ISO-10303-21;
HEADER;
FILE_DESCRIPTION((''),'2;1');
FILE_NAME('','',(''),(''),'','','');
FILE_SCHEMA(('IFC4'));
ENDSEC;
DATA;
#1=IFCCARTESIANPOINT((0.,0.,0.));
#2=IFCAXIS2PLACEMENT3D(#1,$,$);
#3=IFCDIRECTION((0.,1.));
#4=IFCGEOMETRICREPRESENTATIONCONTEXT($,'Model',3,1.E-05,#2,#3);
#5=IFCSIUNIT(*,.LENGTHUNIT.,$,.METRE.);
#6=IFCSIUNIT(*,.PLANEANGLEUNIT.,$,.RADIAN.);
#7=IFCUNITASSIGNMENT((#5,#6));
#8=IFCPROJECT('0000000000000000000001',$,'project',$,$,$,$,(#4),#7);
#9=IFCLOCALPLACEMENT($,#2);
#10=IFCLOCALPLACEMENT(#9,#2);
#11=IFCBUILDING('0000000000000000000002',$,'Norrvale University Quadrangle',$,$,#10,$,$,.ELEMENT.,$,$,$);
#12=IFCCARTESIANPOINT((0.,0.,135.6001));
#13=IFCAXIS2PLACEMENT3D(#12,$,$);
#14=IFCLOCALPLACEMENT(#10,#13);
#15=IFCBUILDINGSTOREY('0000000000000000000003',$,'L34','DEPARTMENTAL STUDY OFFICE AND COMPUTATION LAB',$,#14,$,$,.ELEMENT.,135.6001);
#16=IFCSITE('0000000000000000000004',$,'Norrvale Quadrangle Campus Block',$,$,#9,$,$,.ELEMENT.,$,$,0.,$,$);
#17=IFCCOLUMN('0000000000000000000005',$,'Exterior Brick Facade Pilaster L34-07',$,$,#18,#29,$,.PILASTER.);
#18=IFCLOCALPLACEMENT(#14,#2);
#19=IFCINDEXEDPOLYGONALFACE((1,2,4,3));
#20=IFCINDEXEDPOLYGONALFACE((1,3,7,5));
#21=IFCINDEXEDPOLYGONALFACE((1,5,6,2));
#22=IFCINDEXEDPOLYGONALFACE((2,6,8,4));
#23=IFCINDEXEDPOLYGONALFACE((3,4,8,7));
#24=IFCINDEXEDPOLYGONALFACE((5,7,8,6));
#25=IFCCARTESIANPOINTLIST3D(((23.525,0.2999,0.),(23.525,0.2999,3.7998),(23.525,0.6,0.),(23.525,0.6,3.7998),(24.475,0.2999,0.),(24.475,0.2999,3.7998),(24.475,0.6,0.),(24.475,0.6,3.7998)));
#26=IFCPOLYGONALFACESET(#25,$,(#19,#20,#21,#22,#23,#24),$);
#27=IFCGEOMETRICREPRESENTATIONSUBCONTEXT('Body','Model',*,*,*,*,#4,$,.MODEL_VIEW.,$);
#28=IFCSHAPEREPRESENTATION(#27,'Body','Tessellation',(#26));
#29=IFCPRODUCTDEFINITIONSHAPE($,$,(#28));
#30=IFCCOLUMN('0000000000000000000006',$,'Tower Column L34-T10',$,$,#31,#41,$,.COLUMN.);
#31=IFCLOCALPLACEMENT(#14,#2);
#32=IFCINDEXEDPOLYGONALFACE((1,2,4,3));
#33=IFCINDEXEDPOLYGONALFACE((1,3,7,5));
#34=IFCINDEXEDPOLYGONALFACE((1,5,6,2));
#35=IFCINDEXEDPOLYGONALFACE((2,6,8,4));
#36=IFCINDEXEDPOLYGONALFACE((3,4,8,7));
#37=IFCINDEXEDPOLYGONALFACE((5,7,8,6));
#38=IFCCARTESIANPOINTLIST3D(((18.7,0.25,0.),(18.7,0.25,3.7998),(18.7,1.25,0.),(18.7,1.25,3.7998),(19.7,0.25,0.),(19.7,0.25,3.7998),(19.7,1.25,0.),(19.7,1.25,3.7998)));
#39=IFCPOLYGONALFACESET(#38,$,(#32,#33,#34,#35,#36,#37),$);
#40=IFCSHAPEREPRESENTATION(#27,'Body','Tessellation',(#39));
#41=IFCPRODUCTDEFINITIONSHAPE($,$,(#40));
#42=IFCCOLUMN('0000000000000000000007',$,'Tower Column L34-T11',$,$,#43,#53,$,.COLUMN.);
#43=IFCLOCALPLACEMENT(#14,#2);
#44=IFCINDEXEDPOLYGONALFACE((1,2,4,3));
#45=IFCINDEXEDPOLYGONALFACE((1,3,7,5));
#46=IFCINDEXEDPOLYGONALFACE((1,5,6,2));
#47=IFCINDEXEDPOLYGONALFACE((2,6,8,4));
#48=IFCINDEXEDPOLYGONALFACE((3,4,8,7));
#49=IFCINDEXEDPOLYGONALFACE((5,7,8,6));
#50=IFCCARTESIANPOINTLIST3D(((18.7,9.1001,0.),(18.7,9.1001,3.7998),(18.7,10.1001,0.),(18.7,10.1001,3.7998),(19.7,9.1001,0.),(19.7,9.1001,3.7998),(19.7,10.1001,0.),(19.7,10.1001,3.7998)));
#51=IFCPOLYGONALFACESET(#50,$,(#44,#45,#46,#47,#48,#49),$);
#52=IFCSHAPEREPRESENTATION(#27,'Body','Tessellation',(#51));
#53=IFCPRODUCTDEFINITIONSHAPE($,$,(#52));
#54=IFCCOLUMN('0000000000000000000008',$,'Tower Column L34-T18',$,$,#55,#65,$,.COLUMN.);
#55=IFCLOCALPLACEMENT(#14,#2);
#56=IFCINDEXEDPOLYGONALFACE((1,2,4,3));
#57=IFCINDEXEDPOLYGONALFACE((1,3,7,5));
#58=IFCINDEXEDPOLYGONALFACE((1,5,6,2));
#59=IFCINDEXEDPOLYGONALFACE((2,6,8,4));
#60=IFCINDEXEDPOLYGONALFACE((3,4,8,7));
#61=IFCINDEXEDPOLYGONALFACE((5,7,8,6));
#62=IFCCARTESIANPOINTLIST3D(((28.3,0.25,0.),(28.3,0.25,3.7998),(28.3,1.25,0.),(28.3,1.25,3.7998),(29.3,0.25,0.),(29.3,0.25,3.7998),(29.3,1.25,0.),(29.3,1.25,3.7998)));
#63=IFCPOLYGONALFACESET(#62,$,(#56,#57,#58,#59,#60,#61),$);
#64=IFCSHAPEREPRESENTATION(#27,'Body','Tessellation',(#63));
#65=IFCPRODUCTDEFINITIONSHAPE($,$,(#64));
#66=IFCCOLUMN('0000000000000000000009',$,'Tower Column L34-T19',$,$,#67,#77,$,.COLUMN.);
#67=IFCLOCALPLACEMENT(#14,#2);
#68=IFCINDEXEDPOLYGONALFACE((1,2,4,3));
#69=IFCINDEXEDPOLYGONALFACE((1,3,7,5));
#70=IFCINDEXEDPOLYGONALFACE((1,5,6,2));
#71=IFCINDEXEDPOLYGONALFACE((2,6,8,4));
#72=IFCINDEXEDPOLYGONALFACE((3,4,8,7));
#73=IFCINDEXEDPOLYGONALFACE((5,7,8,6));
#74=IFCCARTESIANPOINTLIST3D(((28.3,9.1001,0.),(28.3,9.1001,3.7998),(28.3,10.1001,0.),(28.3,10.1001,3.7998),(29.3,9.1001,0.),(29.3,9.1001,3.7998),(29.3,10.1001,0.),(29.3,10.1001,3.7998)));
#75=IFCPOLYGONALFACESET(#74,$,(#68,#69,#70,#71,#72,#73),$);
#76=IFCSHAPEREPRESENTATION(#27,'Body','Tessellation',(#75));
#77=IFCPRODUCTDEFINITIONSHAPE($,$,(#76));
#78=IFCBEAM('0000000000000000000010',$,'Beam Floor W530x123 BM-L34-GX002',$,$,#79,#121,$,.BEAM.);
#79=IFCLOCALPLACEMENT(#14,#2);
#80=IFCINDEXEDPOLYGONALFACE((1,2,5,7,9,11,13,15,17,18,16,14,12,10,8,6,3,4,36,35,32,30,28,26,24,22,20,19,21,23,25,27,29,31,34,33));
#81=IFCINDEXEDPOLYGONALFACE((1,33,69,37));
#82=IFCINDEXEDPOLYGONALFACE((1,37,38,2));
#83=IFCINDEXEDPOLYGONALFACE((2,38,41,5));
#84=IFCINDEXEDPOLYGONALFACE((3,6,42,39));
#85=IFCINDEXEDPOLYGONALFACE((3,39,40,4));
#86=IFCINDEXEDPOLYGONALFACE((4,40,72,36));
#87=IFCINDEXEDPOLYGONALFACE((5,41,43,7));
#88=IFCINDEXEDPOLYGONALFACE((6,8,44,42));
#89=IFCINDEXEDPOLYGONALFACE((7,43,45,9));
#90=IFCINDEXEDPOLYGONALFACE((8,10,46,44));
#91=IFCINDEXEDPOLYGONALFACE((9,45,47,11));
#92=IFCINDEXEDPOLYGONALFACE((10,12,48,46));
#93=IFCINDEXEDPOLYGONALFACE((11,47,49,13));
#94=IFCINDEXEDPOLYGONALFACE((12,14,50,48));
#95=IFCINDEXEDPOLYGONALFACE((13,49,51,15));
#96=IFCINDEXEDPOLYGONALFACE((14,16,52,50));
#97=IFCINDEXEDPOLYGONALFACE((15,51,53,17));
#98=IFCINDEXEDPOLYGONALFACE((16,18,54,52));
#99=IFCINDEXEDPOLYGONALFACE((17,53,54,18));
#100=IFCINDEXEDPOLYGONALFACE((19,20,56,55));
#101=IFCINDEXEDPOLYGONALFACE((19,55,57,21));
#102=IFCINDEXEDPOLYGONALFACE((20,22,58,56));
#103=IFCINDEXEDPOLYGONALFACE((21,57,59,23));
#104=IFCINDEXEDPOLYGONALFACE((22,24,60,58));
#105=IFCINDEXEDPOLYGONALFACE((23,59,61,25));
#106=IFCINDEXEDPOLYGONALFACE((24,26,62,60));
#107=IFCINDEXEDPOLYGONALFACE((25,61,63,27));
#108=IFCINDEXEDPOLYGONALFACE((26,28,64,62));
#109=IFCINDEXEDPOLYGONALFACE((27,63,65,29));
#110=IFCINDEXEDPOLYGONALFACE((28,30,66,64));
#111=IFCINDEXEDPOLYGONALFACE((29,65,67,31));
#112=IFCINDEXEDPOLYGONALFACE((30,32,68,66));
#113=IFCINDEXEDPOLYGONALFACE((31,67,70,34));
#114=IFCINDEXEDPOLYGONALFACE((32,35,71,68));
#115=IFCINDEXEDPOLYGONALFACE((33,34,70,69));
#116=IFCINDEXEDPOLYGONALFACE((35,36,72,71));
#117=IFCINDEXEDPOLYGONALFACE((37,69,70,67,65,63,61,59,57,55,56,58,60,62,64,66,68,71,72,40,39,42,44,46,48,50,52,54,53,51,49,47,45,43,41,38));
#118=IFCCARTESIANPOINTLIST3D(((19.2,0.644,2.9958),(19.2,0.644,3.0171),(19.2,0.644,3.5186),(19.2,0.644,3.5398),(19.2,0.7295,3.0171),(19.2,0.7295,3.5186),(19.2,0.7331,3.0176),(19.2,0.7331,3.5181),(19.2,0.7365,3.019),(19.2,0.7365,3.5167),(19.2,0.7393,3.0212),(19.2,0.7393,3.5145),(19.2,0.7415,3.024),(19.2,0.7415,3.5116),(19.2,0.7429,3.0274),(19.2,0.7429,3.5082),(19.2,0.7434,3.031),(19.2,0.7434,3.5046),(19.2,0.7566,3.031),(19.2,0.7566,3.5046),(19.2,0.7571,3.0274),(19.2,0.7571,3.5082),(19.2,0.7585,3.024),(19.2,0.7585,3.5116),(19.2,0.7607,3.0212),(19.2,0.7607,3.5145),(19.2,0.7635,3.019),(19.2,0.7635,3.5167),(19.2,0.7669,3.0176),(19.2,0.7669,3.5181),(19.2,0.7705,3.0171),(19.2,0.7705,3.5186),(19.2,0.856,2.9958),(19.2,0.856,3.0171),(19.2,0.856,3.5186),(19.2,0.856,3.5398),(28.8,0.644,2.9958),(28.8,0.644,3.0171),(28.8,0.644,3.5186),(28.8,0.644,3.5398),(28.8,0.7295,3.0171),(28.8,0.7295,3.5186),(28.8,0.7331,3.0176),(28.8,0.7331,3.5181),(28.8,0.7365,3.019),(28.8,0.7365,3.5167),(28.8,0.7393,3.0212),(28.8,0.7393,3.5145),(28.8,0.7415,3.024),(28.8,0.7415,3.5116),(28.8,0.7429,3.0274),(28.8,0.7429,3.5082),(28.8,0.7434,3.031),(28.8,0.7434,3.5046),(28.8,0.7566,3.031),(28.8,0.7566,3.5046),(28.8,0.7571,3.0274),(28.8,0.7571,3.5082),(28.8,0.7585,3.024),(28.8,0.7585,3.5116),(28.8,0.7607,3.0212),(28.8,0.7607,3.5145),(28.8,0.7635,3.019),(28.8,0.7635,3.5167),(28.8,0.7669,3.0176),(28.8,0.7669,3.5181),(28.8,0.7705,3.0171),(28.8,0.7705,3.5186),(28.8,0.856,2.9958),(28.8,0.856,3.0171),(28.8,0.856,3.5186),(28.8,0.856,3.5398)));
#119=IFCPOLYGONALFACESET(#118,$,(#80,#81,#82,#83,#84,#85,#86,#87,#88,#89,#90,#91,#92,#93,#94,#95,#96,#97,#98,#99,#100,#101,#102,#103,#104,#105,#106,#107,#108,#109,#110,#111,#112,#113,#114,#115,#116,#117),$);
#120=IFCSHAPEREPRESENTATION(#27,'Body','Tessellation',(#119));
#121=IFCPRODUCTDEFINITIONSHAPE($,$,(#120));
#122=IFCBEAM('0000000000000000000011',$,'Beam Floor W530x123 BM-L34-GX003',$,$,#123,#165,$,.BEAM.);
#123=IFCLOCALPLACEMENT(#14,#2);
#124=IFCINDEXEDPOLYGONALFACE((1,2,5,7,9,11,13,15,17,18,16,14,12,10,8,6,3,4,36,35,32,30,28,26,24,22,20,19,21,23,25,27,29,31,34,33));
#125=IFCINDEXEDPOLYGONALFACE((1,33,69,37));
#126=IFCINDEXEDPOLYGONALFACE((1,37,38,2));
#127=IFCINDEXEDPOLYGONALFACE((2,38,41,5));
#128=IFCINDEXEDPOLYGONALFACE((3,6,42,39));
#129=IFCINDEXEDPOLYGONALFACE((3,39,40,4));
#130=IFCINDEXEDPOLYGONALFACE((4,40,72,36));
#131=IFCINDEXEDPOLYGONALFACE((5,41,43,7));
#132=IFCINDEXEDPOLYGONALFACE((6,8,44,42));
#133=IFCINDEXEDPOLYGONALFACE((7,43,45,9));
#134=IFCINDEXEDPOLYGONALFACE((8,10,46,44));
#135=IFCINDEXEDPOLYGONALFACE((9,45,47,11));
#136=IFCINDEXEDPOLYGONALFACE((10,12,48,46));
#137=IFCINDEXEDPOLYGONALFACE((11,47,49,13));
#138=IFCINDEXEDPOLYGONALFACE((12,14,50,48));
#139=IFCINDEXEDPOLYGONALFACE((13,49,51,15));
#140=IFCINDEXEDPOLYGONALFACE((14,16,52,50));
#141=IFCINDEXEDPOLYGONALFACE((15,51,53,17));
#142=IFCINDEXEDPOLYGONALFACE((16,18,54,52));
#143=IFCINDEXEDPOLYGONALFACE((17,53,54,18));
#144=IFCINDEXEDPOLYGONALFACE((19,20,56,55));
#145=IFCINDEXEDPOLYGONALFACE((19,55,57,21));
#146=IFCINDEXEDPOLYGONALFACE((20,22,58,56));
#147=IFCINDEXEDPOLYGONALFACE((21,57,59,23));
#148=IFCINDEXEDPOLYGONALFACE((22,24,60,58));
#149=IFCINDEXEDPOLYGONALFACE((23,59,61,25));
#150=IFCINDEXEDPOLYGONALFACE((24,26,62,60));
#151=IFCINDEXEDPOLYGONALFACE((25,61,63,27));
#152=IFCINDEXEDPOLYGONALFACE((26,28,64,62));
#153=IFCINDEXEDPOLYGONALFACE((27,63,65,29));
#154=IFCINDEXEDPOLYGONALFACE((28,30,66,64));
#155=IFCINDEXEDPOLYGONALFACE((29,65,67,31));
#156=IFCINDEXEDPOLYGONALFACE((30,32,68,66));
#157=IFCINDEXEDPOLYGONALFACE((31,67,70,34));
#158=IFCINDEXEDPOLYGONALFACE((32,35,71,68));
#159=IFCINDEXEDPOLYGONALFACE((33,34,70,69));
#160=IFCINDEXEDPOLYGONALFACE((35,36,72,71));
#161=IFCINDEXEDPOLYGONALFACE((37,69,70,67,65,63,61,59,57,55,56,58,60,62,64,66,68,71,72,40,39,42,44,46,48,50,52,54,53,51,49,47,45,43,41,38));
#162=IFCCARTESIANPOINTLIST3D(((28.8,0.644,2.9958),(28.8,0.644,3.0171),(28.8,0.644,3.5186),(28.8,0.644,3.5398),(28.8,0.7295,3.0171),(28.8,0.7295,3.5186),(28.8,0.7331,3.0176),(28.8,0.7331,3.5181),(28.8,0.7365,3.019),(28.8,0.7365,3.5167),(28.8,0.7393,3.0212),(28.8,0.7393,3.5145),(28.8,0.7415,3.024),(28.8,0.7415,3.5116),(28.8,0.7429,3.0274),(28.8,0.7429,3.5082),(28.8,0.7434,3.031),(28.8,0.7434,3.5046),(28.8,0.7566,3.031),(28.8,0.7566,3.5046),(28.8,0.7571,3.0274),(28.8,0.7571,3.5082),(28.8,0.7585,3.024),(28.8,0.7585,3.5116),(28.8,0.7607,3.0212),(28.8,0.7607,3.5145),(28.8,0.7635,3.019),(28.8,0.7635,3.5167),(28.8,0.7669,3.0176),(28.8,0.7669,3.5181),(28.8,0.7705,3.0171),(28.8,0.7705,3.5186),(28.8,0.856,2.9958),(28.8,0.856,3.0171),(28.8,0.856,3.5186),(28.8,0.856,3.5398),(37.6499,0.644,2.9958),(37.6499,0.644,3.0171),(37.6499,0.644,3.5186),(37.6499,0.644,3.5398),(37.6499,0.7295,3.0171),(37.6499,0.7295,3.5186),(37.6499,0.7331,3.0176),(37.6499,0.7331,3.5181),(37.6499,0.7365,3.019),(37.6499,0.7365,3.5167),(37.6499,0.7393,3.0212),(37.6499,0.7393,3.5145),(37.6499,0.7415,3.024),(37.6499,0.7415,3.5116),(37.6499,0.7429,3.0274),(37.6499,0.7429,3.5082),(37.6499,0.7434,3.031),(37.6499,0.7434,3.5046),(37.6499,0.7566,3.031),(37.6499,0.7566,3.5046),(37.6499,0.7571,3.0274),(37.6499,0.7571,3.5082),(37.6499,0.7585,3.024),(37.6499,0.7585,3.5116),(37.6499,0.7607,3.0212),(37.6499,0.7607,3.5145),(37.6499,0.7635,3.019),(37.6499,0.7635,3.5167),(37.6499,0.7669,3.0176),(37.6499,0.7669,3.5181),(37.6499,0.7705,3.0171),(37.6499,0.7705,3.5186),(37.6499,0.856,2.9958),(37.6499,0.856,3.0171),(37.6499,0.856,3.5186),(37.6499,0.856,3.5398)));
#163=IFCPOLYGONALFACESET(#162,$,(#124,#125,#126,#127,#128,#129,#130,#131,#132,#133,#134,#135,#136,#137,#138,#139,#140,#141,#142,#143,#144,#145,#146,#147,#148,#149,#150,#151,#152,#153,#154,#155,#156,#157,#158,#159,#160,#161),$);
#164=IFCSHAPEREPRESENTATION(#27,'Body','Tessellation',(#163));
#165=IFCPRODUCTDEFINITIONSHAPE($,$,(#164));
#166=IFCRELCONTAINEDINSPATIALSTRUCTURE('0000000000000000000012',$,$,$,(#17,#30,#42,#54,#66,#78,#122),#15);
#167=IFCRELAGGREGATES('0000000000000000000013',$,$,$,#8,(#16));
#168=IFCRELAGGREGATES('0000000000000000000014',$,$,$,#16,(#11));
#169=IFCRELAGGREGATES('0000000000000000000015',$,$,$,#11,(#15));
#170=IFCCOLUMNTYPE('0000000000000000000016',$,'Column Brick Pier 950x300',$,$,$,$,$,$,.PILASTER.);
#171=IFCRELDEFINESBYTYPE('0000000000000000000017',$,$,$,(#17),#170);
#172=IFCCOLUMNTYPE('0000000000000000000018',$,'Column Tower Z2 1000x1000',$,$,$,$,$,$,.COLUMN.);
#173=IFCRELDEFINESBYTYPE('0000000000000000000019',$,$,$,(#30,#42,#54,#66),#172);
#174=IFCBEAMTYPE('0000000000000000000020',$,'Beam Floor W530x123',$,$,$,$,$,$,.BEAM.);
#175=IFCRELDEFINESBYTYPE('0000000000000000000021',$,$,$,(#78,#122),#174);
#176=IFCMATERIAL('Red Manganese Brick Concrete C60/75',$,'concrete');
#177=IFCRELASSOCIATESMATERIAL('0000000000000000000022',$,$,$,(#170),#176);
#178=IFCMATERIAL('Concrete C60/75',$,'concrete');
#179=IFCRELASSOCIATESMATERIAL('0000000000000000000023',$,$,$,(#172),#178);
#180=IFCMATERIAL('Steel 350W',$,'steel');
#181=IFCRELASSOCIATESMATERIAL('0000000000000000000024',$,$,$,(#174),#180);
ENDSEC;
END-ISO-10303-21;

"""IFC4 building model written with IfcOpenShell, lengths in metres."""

from ifc_helpers import new_model, si_unit, direction, frame, origin, origin_2d, place, context, subcontext, project, spatial, rectangle, i_section, extrude, material, material_profile, profile_set, type_object, element, save


model = new_model("IFC4")

# Units and contexts
model_context = context("Model", 3, precision=1e-05, world=origin(), true_north=direction((0.0, 1.0)))
body_context = subcontext(model_context, "Body", "Model", "MODEL_VIEW")
ifc_project = project(units=[si_unit("LENGTHUNIT", "METRE"), si_unit("PLANEANGLEUNIT", "RADIAN")], contexts=[model_context])

# Site, building, storey
site_placement = place(None, origin())
site = spatial("IfcSite", under=ifc_project, at=site_placement, Name="Norrvale Quadrangle Campus Block", CompositionType="ELEMENT", RefElevation=0.0)
building_placement = place(site_placement, origin())
building = spatial("IfcBuilding", under=site, at=building_placement, Name="Norrvale University Quadrangle", CompositionType="ELEMENT")
storey_placement = place(building_placement, frame((0.0, 0.0, 135.6001)))
storey = spatial("IfcBuildingStorey", under=building, at=storey_placement, Name="L34", Description="DEPARTMENTAL STUDY OFFICE AND COMPUTATION LAB", CompositionType="ELEMENT", Elevation=135.6001)

# Columns
ifc_material_1 = material(Name="Red Manganese Brick Concrete C60/75", Category="concrete")
ifc_material_profile_1 = material_profile(ifc_material_1, rectangle(XDim=0.95, YDim=0.3, at=origin_2d()), Name="Red Manganese Brick Concrete C60/75")
ifc_profile_set_1 = profile_set([ifc_material_profile_1], Name="Red Manganese Brick Concrete C60/75")
column_type_1 = type_object("IfcColumnType", Name="Column Brick Pier 950x300", PredefinedType="PILASTER", material=ifc_profile_set_1)
column_placement = place(storey_placement, frame((24.0, 0.45, 0.0), z_axis=(0.0, 0.0, 1.0), x_axis=(1.0, 0.0, 0.0)))
element("IfcColumn", 1, at=column_placement, inside=storey, type_object=column_type_1, Name="Exterior Brick Facade Pilaster L34-07", PredefinedType="PILASTER", context=body_context, shape_type="SweptSolid", body=[
    extrude(rectangle(XDim=0.95, YDim=0.3, at=origin_2d()), origin(), (0.0, 0.0, 1.0), 3.7998),
])
ifc_material_2 = material(Name="Concrete C60/75", Category="concrete")
ifc_material_profile_2 = material_profile(ifc_material_2, rectangle(XDim=1.0, YDim=1.0, at=origin_2d()), Name="Concrete C60/75")
ifc_profile_set_2 = profile_set([ifc_material_profile_2], Name="Concrete C60/75")
column_type_2 = type_object("IfcColumnType", Name="Column Tower Z2 1000x1000", PredefinedType="COLUMN", material=ifc_profile_set_2)
for number, where, z_axis, x_axis, name in (
    (2, (19.2, 0.75, 0.0), (0.0, 0.0, 1.0), (1.0, 0.0, 0.0), "Tower Column L34-T10"),
    (3, (19.2, 9.6001, 0.0), (0.0, 0.0, 1.0), (1.0, 0.0, 0.0), "Tower Column L34-T11"),
    (4, (28.8, 0.75, 0.0), (0.0, 0.0, 1.0), (1.0, 0.0, 0.0), "Tower Column L34-T18"),
    (5, (28.8, 9.6001, 0.0), (0.0, 0.0, 1.0), (1.0, 0.0, 0.0), "Tower Column L34-T19"),
):
    element("IfcColumn", number, at=place(storey_placement, frame(where, z_axis=z_axis, x_axis=x_axis)), inside=storey, type_object=column_type_2, Name=name, PredefinedType="COLUMN", context=body_context, shape_type="SweptSolid", body=[
        extrude(rectangle(XDim=1.0, YDim=1.0, at=origin_2d()), origin(), (0.0, 0.0, 1.0), 3.7998),
    ])

# Beams
ifc_material_3 = material(Name="Steel 350W", Category="steel")
ifc_material_profile_3 = material_profile(ifc_material_3, i_section(OverallWidth=0.2119, OverallDepth=0.5439, WebThickness=0.0132, FlangeThickness=0.0212, FilletRadius=0.0139, at=origin_2d()), Name="Steel 350W")
ifc_profile_set_3 = profile_set([ifc_material_profile_3], Name="Steel 350W")
beam_type_1 = type_object("IfcBeamType", Name="Beam Floor W530x123", PredefinedType="BEAM", material=ifc_profile_set_3)
beam_1_placement = place(storey_placement, frame((19.2, 0.75, 3.2678), z_axis=(1.0, 0.0, 0.0), x_axis=(0.0, 1.0, 0.0)))
element("IfcBeam", 6, at=beam_1_placement, inside=storey, type_object=beam_type_1, Name="Beam Floor W530x123 BM-L34-GX002", PredefinedType="BEAM", context=body_context, shape_type="SweptSolid", body=[
    extrude(i_section(OverallWidth=0.2119, OverallDepth=0.5439, WebThickness=0.0132, FlangeThickness=0.0212, FilletRadius=0.0139, at=origin_2d()), origin(), (0.0, 0.0, 1.0), 9.6001),
])
beam_2_placement = place(storey_placement, frame((28.8, 0.75, 3.2678), z_axis=(1.0, 0.0, 0.0), x_axis=(0.0, 1.0, 0.0)))
element("IfcBeam", 7, at=beam_2_placement, inside=storey, type_object=beam_type_1, Name="Beam Floor W530x123 BM-L34-GX003", PredefinedType="BEAM", context=body_context, shape_type="SweptSolid", body=[
    extrude(i_section(OverallWidth=0.2119, OverallDepth=0.5439, WebThickness=0.0132, FlangeThickness=0.0212, FilletRadius=0.0139, at=origin_2d()), origin(), (0.0, 0.0, 1.0), 8.8499),
])

save(model, "model.ifc")
